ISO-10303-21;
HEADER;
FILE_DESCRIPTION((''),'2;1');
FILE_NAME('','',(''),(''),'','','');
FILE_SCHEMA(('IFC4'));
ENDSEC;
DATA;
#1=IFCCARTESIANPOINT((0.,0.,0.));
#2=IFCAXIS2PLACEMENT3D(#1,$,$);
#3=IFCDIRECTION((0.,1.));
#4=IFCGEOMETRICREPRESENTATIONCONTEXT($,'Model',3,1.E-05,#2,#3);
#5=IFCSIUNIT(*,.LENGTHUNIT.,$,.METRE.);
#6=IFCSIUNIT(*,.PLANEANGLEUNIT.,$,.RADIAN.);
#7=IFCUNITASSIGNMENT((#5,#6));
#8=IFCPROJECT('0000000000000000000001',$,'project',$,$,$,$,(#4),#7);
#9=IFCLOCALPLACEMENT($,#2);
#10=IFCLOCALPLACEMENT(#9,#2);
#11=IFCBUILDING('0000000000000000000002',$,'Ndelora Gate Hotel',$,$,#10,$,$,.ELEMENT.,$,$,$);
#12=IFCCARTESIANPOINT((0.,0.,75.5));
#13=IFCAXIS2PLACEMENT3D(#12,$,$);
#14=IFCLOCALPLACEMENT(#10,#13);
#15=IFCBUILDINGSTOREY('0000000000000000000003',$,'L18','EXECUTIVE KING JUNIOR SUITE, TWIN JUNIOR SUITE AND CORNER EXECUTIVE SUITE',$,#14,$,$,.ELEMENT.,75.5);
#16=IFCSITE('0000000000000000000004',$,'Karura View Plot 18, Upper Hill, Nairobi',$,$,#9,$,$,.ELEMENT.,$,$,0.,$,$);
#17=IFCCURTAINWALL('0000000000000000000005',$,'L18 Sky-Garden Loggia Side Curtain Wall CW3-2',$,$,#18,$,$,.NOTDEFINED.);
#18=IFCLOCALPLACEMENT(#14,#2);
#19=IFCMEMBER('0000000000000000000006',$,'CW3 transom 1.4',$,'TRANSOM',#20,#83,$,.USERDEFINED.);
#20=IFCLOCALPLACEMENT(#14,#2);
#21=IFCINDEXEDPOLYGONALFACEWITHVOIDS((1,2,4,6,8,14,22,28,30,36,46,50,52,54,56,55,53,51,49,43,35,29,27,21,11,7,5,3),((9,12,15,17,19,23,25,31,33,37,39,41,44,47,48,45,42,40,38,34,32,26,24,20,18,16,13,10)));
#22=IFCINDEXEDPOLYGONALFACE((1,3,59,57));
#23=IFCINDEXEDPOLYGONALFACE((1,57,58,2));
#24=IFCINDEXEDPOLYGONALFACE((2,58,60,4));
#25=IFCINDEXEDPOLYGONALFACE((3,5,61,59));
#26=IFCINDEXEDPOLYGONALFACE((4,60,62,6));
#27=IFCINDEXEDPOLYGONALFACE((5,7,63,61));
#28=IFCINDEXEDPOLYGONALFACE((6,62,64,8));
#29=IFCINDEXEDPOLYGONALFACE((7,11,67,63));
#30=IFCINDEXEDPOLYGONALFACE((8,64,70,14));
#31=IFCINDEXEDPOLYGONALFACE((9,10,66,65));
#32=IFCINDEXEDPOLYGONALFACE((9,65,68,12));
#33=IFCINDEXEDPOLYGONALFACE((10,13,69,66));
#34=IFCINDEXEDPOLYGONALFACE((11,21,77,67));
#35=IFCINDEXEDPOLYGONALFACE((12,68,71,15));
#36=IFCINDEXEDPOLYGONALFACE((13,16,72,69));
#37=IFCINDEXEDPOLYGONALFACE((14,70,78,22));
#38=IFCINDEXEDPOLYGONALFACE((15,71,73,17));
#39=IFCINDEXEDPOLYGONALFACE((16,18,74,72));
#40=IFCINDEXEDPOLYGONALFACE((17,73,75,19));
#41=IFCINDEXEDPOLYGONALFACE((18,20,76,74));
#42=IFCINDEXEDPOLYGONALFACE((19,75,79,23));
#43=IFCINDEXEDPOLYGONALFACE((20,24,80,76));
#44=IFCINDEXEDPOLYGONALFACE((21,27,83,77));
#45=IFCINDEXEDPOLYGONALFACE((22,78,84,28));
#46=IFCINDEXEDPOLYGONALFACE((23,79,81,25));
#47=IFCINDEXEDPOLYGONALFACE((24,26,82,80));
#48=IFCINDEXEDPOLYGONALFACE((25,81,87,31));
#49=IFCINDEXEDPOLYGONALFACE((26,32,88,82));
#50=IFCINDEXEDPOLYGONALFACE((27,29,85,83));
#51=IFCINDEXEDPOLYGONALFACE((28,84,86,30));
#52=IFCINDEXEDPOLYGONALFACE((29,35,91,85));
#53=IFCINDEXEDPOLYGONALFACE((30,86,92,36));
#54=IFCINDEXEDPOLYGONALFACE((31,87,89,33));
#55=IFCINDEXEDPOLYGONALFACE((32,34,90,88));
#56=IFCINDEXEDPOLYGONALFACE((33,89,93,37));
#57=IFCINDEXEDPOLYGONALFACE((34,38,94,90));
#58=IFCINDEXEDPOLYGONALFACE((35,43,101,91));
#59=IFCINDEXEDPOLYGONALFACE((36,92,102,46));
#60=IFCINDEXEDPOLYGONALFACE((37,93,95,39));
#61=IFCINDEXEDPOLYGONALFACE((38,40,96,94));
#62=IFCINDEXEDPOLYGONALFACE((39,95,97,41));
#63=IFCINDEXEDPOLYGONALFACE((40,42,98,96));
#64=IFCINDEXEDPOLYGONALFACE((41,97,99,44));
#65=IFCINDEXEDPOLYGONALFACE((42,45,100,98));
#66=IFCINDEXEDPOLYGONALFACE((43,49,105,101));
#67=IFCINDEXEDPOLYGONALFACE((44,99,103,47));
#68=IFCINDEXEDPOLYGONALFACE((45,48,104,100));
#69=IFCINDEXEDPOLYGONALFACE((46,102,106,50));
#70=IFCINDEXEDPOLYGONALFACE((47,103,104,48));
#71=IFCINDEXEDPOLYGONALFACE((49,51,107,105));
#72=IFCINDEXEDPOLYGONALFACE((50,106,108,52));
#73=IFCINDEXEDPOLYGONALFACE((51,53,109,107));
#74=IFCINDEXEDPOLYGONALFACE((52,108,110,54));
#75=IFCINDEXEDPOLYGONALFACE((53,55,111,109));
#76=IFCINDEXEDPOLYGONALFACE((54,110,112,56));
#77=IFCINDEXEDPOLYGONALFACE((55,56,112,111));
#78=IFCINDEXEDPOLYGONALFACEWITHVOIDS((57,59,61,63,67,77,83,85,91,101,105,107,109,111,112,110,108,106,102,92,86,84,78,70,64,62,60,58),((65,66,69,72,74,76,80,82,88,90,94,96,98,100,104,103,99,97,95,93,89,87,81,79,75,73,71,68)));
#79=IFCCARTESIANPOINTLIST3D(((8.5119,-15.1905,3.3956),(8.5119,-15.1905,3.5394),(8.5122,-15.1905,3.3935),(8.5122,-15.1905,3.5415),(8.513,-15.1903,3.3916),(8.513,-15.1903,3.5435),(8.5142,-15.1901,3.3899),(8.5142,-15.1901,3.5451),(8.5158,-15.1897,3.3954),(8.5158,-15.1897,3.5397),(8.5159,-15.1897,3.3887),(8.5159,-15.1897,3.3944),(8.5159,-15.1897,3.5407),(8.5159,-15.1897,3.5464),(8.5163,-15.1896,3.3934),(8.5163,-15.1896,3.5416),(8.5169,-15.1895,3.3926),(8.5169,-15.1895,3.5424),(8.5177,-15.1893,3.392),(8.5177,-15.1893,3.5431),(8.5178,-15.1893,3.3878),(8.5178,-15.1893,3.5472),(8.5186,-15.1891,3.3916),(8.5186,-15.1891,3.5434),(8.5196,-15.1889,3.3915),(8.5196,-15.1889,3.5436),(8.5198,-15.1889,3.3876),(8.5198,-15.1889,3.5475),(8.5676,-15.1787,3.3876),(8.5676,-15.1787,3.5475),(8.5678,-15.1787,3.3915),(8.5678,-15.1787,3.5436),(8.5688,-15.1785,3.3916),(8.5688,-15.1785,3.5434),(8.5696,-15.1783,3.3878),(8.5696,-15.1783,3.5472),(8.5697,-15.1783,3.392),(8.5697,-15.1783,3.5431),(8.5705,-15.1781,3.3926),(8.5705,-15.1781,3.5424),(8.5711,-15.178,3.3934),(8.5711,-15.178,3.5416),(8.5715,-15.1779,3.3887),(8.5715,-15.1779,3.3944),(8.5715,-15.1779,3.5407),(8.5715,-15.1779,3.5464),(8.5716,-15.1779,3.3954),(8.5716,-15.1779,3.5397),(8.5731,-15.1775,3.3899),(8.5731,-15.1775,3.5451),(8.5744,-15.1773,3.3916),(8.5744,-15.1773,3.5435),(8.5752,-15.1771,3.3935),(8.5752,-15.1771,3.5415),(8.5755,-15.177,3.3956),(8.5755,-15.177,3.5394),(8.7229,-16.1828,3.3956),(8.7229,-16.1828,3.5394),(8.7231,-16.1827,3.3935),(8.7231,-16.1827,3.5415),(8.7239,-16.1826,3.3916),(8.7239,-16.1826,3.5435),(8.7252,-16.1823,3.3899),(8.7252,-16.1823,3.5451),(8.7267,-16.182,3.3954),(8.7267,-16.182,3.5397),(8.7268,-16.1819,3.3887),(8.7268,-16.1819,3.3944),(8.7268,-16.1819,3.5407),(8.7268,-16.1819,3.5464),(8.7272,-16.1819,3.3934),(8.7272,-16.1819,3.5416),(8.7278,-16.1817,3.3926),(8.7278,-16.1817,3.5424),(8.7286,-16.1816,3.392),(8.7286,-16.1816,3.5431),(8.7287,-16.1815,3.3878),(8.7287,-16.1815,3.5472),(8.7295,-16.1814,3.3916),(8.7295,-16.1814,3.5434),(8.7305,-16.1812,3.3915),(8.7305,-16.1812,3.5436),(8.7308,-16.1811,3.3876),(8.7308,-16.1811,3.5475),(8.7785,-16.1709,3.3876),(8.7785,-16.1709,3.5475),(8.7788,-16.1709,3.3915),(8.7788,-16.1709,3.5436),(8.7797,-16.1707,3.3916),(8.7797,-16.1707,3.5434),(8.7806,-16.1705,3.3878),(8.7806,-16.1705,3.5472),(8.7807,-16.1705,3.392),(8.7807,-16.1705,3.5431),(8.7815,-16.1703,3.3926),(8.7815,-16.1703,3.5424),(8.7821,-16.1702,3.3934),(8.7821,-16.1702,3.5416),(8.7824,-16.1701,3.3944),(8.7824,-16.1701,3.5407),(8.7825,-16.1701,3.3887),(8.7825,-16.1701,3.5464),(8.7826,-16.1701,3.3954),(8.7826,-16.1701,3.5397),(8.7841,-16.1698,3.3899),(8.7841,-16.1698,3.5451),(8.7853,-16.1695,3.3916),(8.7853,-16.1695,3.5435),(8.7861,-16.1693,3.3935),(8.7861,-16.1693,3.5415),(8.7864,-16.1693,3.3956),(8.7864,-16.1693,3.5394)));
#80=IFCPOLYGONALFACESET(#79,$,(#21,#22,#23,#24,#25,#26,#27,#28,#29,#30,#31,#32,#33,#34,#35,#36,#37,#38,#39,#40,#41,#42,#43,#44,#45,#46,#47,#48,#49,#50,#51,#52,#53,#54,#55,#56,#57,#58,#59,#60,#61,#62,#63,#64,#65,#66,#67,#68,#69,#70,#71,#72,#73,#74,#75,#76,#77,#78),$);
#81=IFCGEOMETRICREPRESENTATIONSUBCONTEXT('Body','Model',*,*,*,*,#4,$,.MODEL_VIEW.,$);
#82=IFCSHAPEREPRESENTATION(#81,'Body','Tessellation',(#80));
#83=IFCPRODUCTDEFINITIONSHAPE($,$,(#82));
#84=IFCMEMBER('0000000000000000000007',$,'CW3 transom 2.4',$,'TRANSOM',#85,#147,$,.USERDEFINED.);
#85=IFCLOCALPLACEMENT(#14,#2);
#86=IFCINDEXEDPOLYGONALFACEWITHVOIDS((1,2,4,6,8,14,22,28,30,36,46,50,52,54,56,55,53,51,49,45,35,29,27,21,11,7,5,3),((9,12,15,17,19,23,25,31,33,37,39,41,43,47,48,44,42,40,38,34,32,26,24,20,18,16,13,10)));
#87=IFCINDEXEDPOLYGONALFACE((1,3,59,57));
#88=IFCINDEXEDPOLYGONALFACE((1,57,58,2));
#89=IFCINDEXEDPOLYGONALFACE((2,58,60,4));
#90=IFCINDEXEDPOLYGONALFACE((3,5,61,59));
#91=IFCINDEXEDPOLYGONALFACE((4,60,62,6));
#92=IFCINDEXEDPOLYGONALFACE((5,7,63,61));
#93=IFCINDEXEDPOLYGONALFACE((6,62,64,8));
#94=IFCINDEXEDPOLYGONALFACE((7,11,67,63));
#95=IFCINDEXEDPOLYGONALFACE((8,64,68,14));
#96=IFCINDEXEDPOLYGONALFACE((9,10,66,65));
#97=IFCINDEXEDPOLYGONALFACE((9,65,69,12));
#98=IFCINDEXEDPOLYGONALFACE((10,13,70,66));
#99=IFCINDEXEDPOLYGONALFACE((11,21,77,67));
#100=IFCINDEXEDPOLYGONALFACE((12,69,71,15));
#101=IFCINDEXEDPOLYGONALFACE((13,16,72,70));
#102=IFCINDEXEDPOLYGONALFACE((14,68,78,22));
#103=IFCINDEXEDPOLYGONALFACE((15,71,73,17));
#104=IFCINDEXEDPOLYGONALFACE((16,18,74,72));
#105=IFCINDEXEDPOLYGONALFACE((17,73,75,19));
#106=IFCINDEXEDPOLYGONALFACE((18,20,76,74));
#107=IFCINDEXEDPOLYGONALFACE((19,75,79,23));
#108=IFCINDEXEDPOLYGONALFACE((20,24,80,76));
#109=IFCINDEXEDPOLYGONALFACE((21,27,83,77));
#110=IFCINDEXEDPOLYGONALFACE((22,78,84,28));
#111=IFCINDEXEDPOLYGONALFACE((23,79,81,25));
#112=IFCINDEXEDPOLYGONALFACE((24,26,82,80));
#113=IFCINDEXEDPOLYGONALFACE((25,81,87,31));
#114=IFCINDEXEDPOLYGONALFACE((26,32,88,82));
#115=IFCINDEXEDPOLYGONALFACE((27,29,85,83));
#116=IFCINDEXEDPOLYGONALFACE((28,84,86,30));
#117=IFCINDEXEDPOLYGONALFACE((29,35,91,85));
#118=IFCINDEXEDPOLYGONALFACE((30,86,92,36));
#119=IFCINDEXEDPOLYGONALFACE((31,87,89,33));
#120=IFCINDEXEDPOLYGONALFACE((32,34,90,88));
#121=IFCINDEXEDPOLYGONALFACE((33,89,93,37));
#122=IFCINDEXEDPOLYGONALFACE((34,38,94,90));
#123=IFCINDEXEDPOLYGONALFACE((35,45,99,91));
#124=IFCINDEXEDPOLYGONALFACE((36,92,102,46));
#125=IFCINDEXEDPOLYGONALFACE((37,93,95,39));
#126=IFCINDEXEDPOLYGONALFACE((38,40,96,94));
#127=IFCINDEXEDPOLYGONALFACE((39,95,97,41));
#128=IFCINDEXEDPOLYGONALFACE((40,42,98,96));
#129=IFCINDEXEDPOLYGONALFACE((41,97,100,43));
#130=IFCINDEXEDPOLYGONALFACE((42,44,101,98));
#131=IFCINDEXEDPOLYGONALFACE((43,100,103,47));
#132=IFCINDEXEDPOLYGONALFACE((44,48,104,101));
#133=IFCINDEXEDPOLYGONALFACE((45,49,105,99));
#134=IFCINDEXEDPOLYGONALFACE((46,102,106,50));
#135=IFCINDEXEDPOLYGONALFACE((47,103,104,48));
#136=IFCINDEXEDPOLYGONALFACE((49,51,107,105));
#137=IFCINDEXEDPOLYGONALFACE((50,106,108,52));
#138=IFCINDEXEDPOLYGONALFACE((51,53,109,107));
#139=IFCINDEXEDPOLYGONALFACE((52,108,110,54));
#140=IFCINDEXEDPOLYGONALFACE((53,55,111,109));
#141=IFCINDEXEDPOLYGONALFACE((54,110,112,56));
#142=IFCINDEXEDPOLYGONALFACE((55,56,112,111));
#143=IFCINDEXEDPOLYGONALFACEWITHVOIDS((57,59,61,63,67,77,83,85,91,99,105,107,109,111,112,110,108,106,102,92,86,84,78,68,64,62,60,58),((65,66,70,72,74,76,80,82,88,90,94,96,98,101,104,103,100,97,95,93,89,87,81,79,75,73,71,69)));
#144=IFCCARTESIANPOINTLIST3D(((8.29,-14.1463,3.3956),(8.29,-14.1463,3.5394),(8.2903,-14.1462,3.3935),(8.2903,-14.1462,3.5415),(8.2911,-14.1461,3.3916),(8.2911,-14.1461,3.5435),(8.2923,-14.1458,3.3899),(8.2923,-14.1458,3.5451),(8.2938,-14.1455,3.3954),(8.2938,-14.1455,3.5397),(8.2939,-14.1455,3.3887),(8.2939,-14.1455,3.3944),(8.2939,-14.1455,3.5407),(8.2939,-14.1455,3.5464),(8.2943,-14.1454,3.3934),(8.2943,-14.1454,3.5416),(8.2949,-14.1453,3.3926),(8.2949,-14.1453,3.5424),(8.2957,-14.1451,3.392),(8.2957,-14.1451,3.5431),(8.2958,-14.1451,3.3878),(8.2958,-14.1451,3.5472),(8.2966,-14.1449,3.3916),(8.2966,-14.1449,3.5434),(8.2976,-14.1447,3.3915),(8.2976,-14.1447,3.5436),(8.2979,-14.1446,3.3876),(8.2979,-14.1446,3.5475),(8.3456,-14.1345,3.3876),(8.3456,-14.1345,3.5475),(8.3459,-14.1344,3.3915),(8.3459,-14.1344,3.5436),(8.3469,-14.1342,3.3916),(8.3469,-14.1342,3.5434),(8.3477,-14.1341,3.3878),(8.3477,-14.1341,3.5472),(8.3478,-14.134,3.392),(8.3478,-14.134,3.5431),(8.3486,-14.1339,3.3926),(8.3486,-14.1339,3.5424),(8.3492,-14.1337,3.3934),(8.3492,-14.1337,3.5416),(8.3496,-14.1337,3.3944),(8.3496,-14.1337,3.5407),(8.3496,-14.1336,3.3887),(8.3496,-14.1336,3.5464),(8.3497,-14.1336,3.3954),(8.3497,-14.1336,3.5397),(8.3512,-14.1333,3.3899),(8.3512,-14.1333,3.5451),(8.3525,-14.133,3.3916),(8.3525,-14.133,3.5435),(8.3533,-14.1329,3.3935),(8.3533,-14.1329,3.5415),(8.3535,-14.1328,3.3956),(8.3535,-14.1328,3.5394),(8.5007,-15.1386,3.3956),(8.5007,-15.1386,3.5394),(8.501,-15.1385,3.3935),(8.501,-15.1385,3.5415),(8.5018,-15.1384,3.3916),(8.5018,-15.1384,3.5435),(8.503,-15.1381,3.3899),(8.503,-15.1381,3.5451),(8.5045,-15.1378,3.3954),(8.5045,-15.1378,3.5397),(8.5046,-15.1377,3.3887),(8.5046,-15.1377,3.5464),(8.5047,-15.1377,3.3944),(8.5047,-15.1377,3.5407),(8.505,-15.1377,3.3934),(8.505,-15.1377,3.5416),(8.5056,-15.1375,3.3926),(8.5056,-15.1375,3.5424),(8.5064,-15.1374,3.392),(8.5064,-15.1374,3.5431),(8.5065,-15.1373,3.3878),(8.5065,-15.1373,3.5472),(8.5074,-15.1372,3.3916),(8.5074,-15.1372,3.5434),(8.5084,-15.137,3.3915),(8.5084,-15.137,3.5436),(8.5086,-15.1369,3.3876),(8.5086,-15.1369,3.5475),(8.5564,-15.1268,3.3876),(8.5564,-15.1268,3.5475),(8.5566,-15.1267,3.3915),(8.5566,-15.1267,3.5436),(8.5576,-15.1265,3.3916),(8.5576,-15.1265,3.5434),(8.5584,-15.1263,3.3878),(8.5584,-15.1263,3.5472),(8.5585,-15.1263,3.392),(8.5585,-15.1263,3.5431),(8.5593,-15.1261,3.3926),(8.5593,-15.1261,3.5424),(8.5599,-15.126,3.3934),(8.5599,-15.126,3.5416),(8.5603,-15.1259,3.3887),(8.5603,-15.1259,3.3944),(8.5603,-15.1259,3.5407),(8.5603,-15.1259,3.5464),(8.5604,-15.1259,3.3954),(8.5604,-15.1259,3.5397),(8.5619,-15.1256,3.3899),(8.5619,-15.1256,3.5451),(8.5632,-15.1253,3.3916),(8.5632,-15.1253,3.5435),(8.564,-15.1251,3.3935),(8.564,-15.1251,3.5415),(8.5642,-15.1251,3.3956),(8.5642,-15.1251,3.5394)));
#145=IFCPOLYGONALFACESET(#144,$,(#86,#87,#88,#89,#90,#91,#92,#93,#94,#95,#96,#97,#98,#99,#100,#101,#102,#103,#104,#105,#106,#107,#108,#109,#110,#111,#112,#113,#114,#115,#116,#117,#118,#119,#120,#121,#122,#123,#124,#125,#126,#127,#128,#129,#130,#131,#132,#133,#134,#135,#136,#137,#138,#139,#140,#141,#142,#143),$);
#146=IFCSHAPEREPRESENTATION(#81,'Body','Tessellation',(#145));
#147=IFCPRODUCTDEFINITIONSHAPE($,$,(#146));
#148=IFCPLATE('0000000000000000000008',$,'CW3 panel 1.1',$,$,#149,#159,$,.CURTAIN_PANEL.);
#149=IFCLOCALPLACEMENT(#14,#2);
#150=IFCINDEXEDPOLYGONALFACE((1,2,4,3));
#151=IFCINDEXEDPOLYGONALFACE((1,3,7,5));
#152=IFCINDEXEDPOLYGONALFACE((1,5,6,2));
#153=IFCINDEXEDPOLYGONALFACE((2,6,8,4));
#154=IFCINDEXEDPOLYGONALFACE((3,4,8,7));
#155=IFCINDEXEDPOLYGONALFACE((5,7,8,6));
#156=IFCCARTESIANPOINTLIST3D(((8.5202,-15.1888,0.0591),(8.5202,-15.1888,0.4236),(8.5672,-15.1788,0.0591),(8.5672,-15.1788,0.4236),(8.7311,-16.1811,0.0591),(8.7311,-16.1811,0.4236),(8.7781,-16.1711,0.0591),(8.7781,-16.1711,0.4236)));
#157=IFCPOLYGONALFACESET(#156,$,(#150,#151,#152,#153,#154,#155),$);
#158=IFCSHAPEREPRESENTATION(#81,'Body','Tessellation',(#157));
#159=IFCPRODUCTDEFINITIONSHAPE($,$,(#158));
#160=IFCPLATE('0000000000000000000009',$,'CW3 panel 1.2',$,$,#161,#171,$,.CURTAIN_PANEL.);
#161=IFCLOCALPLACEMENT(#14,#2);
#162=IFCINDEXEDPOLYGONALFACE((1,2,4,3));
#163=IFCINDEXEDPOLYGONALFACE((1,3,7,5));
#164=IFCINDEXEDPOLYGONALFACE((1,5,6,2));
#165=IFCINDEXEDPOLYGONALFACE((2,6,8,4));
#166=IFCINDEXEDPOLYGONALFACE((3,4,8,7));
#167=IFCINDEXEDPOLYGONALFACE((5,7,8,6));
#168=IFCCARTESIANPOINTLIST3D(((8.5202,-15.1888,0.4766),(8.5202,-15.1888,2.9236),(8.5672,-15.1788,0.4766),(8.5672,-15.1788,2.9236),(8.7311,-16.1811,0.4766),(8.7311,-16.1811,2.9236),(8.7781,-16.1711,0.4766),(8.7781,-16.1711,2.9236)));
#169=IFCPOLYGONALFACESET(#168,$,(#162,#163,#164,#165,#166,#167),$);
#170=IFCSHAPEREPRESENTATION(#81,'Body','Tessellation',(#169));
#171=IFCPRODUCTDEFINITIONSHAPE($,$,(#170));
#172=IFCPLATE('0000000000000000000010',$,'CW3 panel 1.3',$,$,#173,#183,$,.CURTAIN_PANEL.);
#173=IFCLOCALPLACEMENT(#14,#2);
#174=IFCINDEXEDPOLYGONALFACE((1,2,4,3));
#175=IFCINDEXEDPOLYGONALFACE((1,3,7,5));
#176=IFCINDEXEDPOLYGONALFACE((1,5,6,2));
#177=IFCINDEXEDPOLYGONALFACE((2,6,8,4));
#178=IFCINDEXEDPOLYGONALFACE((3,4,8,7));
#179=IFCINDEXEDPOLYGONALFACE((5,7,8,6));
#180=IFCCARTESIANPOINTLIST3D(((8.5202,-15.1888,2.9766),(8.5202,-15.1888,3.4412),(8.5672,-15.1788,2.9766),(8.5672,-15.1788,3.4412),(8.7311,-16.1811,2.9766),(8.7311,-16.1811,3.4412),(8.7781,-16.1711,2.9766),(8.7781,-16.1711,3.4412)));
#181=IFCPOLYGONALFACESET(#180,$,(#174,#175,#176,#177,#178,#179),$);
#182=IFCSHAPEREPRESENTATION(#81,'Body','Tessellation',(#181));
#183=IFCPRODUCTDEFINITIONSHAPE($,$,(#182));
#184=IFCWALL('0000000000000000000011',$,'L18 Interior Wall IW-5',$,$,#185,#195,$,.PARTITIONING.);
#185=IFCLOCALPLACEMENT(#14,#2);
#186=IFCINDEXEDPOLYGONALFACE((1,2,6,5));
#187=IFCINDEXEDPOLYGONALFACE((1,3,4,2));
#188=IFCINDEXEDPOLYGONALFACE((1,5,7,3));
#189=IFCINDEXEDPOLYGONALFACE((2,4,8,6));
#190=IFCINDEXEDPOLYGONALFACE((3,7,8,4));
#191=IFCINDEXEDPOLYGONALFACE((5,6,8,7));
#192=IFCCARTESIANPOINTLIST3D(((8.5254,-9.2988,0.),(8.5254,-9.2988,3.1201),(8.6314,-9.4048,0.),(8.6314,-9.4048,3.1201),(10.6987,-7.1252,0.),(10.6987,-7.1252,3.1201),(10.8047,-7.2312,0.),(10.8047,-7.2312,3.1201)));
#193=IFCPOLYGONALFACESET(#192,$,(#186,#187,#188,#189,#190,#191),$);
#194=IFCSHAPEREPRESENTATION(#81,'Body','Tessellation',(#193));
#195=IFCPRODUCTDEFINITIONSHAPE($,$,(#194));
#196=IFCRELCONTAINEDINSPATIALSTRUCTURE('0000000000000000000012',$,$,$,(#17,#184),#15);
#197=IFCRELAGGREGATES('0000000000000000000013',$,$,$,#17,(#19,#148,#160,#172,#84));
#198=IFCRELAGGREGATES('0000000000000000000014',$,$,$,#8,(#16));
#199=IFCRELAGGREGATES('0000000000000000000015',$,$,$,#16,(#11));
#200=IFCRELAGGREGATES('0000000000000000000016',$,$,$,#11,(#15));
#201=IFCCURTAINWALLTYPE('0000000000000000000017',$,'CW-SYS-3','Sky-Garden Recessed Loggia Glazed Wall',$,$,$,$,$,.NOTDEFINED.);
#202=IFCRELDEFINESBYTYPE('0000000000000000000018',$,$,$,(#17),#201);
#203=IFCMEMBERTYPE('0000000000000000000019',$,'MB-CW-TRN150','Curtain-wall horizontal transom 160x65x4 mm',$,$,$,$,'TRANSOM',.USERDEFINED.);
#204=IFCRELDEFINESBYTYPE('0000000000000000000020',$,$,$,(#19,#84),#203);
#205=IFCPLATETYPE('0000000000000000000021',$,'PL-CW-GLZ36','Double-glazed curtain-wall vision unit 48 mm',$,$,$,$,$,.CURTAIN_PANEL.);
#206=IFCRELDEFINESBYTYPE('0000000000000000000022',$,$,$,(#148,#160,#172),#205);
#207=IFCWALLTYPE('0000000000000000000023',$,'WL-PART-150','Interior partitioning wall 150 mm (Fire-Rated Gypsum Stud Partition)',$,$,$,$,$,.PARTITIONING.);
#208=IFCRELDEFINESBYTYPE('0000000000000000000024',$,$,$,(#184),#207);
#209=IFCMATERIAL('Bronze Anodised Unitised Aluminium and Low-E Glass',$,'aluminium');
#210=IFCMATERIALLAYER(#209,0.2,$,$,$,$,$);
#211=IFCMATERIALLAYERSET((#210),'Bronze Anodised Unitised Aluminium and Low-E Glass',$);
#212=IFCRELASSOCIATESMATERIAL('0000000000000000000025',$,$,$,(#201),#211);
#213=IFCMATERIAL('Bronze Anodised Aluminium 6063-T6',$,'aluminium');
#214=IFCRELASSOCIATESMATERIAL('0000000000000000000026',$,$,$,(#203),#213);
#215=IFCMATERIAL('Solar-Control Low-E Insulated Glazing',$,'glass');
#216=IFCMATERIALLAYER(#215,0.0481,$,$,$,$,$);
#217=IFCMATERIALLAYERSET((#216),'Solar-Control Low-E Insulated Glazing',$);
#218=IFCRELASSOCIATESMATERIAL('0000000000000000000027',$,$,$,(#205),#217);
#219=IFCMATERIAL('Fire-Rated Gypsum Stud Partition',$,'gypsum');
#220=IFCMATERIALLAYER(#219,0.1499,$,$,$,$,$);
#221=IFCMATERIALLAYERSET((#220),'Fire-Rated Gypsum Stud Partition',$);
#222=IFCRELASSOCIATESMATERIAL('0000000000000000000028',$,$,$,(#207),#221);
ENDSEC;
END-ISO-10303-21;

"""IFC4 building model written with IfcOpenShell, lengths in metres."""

from ifc_helpers import new_model, si_unit, direction, frame, frame_2d, origin, origin_2d, place, context, subcontext, project, spatial, rectangle, hollow_rectangle, extrude, material, layer, layer_set, material_profile, profile_set, type_object, element, aggregate, save


model = new_model("IFC4")

# Units and contexts
model_context = context("Model", 3, precision=1e-05, world=origin(), true_north=direction((0.0, 1.0)))
body_context = subcontext(model_context, "Body", "Model", "MODEL_VIEW")
ifc_project = project(units=[si_unit("LENGTHUNIT", "METRE"), si_unit("PLANEANGLEUNIT", "RADIAN")], contexts=[model_context])

# Site, building, storey
site_placement = place(None, origin())
site = spatial("IfcSite", under=ifc_project, at=site_placement, Name="Karura View Plot 18, Upper Hill, Nairobi", CompositionType="ELEMENT", RefElevation=0.0)
building_placement = place(site_placement, origin())
building = spatial("IfcBuilding", under=site, at=building_placement, Name="Ndelora Gate Hotel", CompositionType="ELEMENT")
storey_placement = place(building_placement, frame((0.0, 0.0, 75.5)))
storey = spatial("IfcBuildingStorey", under=building, at=storey_placement, Name="L18", Description="EXECUTIVE KING JUNIOR SUITE, TWIN JUNIOR SUITE AND CORNER EXECUTIVE SUITE", CompositionType="ELEMENT", Elevation=75.5)

# Curtain wall, members, plates
ifc_material_1 = material(Name="Bronze Anodised Unitised Aluminium and Low-E Glass", Category="aluminium")
ifc_layer_1 = layer(ifc_material_1, 0.2)
ifc_layer_set_1 = layer_set([ifc_layer_1], Name="Bronze Anodised Unitised Aluminium and Low-E Glass")
curtain_wall_type = type_object("IfcCurtainWallType", Name="CW-SYS-3", Description="Sky-Garden Recessed Loggia Glazed Wall", PredefinedType="NOTDEFINED", material=ifc_layer_set_1)
curtain_wall_placement = place(storey_placement, origin())
curtain_wall = element("IfcCurtainWall", 1, at=curtain_wall_placement, inside=storey, type_object=curtain_wall_type, Name="L18 Sky-Garden Loggia Side Curtain Wall CW3-2", PredefinedType="NOTDEFINED")
ifc_material_2 = material(Name="Bronze Anodised Aluminium 6063-T6", Category="aluminium")
ifc_material_profile_1 = material_profile(ifc_material_2, hollow_rectangle(XDim=0.0649, YDim=0.1599, WallThickness=0.0039, InnerFilletRadius=0.0039, OuterFilletRadius=0.0081, at=origin_2d()), Name="ALU 160x65x4")
ifc_profile_set_1 = profile_set([ifc_material_profile_1], Name="Bronze Anodised Aluminium 6063-T6")
member_type_1 = type_object("IfcMemberType", Name="MB-CW-TRN150", Description="Curtain-wall horizontal transom 160x65x4 mm", ElementType="TRANSOM", PredefinedType="USERDEFINED", material=ifc_profile_set_1)
member_1_placement = place(storey_placement, frame((8.7546, -16.176, 3.4675), z_axis=(-0.207951, 0.978139, 0.0), x_axis=(-0.978139, -0.207951, 0.0)))
member_1 = element("IfcMember", 2, at=member_1_placement, type_object=member_type_1, Name="CW3 transom 1.4", ObjectType="TRANSOM", PredefinedType="USERDEFINED", context=body_context, shape_type="SweptSolid", body=[
    extrude(hollow_rectangle(XDim=0.0649, YDim=0.1599, WallThickness=0.0039, InnerFilletRadius=0.0039, OuterFilletRadius=0.0081, at=origin_2d()), origin(), (0.0, 0.0, 1.0), 1.0144),
])
member_2_placement = place(storey_placement, frame((8.5325, -15.1318, 3.4675), z_axis=(-0.207721, 0.978188, 0.0), x_axis=(-0.978188, -0.207721, 0.0)))
member_2 = element("IfcMember", 3, at=member_2_placement, type_object=member_type_1, Name="CW3 transom 2.4", ObjectType="TRANSOM", PredefinedType="USERDEFINED", context=body_context, shape_type="SweptSolid", body=[
    extrude(hollow_rectangle(XDim=0.0649, YDim=0.1599, WallThickness=0.0039, InnerFilletRadius=0.0039, OuterFilletRadius=0.0081, at=origin_2d()), origin(), (0.0, 0.0, 1.0), 1.0144),
])
ifc_material_3 = material(Name="Solar-Control Low-E Insulated Glazing", Category="glass")
ifc_layer_2 = layer(ifc_material_3, 0.0481)
ifc_layer_set_2 = layer_set([ifc_layer_2], Name="Solar-Control Low-E Insulated Glazing")
plate_type = type_object("IfcPlateType", Name="PL-CW-GLZ36", Description="Double-glazed curtain-wall vision unit 48 mm", PredefinedType="CURTAIN_PANEL", material=ifc_layer_set_2)
plate_1_placement = place(storey_placement, frame((8.6492, -15.6799, 0.0591), z_axis=(0.0, 0.0, 1.0), x_axis=(-0.207911, 0.978148, 0.0)))
plate_1 = element("IfcPlate", 4, at=plate_1_placement, type_object=plate_type, Name="CW3 panel 1.1", PredefinedType="CURTAIN_PANEL", context=body_context, shape_type="SweptSolid", body=[
    extrude(rectangle(XDim=1.0144, YDim=0.0481, at=origin_2d()), origin(), (0.0, 0.0, 1.0), 0.3645),
])
plate_2_placement = place(storey_placement, frame((8.6492, -15.6799, 0.4766), z_axis=(0.0, 0.0, 1.0), x_axis=(-0.207911, 0.978148, 0.0)))
plate_2 = element("IfcPlate", 5, at=plate_2_placement, type_object=plate_type, Name="CW3 panel 1.2", PredefinedType="CURTAIN_PANEL", context=body_context, shape_type="SweptSolid", body=[
    extrude(rectangle(XDim=1.0144, YDim=0.0481, at=origin_2d()), origin(), (0.0, 0.0, 1.0), 2.447),
])
plate_3_placement = place(storey_placement, frame((8.6492, -15.6799, 2.9766), z_axis=(0.0, 0.0, 1.0), x_axis=(-0.207911, 0.978148, 0.0)))
plate_3 = element("IfcPlate", 6, at=plate_3_placement, type_object=plate_type, Name="CW3 panel 1.3", PredefinedType="CURTAIN_PANEL", context=body_context, shape_type="SweptSolid", body=[
    extrude(rectangle(XDim=1.0144, YDim=0.0481, at=origin_2d()), origin(), (0.0, 0.0, 1.0), 0.4646),
])
aggregate(curtain_wall, [member_1, plate_1, plate_2, plate_3, member_2])

# Wall
ifc_material_4 = material(Name="Fire-Rated Gypsum Stud Partition", Category="gypsum")
ifc_layer_3 = layer(ifc_material_4, 0.1499)
ifc_layer_set_3 = layer_set([ifc_layer_3], Name="Fire-Rated Gypsum Stud Partition")
wall_type_1 = type_object("IfcWallType", Name="WL-PART-150", Description="Interior partitioning wall 150 mm (Fire-Rated Gypsum Stud Partition)", PredefinedType="PARTITIONING", material=ifc_layer_set_3)
wall_1_placement = place(storey_placement, frame((10.7517, -7.1782, 0.0), z_axis=(0.0, 0.0, 1.0), x_axis=(-0.707067, -0.707146, 0.0)))
element("IfcWall", 7, at=wall_1_placement, inside=storey, type_object=wall_type_1, Name="L18 Interior Wall IW-5", PredefinedType="PARTITIONING", context=body_context, shape_type="SweptSolid", body=[
    extrude(rectangle(XDim=3.0737, YDim=0.1499, at=frame_2d((1.5369, 0.0))), origin(), (0.0, 0.0, 1.0), 3.1201),
])

save(model, "model.ifc")
